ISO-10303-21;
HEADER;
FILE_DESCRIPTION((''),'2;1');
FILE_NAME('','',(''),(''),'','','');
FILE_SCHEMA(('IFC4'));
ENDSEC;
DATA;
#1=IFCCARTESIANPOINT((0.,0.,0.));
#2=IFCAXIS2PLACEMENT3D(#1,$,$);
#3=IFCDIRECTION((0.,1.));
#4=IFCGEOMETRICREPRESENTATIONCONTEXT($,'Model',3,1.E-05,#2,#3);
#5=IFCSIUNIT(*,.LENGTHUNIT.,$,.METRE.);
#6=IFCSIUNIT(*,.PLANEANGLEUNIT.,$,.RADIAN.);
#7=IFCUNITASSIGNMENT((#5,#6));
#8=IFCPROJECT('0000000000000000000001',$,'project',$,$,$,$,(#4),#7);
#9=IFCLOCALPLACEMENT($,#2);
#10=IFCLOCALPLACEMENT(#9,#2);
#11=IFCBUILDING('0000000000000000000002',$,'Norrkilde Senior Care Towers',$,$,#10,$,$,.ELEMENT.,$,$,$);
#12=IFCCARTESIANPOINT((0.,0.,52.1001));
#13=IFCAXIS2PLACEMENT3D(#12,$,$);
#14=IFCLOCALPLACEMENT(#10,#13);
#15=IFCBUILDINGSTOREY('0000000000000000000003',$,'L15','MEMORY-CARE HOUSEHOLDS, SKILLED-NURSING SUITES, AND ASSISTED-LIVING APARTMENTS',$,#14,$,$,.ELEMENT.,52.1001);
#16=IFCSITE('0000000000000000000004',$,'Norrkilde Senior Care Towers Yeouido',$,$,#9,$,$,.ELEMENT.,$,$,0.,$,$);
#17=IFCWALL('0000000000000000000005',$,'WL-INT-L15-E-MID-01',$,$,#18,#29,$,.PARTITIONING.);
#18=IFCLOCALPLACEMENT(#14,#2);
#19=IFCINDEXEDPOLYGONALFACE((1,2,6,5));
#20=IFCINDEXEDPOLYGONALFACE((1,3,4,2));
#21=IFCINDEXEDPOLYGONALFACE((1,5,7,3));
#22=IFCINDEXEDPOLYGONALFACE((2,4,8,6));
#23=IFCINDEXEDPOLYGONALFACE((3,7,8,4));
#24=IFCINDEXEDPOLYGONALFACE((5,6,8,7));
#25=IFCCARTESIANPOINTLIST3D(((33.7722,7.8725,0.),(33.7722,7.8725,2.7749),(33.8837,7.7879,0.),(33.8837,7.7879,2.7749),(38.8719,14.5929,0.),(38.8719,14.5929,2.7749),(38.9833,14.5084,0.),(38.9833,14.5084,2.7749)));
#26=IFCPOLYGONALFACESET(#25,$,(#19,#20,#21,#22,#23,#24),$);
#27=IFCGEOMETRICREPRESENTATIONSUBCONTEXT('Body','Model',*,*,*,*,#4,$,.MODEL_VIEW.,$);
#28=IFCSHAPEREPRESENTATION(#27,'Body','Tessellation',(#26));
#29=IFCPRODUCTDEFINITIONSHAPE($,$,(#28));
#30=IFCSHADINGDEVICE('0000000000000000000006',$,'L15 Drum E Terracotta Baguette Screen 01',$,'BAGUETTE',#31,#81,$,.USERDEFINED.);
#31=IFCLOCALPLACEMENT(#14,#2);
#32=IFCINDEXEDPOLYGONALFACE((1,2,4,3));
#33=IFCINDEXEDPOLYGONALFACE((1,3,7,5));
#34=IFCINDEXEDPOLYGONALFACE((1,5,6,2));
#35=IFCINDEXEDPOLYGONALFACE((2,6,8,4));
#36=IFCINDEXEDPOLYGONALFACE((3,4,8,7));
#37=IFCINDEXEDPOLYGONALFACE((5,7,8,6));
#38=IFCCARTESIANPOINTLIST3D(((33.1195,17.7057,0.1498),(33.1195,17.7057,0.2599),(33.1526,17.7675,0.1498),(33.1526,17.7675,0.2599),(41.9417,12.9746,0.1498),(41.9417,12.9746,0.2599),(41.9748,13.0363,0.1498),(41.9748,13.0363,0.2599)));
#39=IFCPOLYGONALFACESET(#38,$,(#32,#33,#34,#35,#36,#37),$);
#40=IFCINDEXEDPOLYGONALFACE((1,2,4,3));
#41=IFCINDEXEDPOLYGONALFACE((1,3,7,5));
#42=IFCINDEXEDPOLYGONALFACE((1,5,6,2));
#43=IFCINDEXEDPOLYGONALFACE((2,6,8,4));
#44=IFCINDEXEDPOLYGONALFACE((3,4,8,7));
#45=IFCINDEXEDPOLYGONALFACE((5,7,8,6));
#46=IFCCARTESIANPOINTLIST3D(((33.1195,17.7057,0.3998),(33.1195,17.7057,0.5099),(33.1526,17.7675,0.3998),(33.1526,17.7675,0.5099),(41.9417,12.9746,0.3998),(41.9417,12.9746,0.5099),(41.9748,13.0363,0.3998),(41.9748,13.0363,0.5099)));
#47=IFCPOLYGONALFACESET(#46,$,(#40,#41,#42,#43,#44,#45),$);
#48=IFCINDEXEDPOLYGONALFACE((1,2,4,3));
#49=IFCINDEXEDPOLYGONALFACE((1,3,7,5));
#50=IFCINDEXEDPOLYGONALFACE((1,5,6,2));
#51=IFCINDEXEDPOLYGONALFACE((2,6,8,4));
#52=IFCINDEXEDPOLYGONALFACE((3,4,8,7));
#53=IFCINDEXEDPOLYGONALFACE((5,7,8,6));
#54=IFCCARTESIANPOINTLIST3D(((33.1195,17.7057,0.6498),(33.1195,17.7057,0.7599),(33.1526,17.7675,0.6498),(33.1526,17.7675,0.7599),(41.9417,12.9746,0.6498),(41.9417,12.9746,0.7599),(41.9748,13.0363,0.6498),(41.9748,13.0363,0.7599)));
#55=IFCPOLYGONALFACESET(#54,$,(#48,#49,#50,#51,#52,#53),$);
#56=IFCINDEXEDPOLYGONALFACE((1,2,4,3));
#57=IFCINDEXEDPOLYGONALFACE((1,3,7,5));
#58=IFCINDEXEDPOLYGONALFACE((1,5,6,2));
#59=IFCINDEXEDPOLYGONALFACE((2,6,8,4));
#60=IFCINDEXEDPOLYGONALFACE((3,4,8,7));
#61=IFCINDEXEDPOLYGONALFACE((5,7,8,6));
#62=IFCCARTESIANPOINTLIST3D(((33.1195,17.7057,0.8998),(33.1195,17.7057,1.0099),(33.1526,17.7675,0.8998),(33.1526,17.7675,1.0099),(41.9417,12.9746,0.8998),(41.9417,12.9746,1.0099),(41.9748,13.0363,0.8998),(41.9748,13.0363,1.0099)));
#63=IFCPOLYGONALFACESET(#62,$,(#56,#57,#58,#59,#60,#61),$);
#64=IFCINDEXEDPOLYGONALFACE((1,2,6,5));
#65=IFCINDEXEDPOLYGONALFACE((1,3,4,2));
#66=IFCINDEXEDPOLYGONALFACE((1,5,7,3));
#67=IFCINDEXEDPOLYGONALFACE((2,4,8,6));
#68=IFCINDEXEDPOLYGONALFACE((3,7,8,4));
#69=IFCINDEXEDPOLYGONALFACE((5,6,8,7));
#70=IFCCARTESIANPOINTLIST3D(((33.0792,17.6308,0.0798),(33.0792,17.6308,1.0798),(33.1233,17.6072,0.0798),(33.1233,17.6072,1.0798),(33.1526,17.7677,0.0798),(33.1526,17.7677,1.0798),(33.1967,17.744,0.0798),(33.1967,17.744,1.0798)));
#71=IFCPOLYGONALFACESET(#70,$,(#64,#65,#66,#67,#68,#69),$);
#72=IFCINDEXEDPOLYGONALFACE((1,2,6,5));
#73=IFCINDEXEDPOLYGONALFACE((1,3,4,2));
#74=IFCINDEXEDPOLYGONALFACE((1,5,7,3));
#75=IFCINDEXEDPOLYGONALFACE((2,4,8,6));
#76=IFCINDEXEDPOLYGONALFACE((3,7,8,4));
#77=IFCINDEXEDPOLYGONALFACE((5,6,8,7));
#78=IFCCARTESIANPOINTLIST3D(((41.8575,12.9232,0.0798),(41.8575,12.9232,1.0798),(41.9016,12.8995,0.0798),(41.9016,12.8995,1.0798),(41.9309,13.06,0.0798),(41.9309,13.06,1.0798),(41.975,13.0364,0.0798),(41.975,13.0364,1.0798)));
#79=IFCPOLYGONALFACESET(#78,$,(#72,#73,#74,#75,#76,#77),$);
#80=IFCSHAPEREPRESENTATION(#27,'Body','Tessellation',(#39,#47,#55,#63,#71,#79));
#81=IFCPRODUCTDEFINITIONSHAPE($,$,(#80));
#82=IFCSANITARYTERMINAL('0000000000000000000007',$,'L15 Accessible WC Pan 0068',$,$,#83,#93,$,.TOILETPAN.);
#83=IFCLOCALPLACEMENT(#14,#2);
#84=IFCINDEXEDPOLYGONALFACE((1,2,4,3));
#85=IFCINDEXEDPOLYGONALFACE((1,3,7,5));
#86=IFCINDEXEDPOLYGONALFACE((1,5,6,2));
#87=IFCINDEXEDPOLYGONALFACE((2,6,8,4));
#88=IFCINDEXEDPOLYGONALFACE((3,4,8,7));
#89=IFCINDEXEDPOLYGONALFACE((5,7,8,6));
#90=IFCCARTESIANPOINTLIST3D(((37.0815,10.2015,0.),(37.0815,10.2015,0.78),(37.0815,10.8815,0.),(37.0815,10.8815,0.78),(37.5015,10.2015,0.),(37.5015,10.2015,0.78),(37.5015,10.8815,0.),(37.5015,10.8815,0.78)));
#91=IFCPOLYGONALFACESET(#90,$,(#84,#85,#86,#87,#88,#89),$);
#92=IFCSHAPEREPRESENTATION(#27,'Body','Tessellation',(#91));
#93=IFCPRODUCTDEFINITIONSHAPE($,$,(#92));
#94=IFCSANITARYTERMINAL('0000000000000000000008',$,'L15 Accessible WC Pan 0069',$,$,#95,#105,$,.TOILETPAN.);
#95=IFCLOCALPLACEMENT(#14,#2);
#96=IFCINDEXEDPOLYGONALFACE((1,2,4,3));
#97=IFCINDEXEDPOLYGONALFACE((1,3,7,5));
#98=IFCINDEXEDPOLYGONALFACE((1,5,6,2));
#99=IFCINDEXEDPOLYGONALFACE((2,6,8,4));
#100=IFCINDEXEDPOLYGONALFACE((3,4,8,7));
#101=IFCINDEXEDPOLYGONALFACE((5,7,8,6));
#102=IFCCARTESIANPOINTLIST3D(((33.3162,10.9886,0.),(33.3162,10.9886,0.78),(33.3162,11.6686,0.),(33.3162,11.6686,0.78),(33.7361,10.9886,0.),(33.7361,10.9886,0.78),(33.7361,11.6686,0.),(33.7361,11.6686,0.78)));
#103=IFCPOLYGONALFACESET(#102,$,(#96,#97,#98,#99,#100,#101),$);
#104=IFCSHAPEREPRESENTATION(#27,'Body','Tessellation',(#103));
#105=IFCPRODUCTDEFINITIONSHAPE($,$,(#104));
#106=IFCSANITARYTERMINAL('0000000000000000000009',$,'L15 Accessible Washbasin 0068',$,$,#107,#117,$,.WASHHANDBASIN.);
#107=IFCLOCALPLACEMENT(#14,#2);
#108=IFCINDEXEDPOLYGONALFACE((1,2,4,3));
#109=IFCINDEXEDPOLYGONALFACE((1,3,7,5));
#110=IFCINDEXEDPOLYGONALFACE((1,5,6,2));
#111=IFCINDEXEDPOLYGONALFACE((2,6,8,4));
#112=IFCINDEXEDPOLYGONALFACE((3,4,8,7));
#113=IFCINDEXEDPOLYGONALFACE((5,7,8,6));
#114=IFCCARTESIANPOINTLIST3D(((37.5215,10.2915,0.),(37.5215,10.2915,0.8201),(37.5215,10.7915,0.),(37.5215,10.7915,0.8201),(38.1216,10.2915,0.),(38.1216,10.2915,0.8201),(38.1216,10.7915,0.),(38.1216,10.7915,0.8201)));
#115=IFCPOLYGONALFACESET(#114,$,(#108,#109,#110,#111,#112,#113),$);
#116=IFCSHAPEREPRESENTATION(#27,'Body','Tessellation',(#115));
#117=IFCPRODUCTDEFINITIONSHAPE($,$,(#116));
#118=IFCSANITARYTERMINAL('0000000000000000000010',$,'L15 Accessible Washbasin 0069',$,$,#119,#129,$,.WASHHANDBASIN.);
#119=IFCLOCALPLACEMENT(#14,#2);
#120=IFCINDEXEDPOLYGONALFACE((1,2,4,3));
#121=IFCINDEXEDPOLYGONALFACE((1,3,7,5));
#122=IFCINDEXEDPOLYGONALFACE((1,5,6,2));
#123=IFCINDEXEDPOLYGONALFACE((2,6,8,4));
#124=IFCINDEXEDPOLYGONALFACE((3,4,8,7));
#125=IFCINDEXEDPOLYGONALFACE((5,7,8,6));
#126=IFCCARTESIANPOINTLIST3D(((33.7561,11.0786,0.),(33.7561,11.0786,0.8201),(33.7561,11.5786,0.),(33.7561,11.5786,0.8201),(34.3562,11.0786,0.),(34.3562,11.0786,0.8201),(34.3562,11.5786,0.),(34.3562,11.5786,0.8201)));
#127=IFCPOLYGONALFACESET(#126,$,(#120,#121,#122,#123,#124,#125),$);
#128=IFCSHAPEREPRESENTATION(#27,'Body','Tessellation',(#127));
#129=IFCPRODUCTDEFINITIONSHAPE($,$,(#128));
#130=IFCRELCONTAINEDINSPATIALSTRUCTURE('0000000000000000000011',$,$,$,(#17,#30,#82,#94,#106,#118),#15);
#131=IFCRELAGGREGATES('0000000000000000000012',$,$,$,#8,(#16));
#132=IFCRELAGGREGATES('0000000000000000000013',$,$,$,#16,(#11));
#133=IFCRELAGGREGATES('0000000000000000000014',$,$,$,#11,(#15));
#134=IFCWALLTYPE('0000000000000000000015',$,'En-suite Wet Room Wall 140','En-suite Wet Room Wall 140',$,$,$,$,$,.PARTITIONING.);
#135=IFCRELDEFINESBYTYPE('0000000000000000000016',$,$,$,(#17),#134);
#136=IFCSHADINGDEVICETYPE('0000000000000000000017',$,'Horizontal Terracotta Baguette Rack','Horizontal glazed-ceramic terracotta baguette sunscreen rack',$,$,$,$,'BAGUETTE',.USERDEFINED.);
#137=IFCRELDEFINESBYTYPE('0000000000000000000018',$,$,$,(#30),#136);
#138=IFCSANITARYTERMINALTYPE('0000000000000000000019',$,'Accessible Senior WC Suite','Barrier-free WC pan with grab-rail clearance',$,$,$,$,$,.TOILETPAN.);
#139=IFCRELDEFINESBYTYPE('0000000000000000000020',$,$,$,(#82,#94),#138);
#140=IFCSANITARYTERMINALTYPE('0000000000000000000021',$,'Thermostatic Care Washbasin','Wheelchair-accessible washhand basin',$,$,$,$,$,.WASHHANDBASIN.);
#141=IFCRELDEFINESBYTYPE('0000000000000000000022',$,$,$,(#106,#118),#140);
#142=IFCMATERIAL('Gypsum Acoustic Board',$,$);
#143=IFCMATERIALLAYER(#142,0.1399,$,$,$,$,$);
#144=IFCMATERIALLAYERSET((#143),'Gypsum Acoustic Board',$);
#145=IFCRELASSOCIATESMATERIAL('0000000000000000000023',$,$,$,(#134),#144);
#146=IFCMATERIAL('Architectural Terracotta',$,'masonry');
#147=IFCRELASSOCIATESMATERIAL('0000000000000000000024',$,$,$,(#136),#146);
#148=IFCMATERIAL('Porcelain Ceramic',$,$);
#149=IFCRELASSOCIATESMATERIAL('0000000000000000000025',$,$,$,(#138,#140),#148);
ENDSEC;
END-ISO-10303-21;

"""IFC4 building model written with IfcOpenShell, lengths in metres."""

from ifc_helpers import new_model, si_unit, direction, frame, frame_2d, origin, origin_2d, place, context, subcontext, project, spatial, rectangle, extrude, source, transform, mapped, material, layer, layer_set, type_object, type_shapes, element, save


model = new_model("IFC4")

# Units and contexts
model_context = context("Model", 3, precision=1e-05, world=origin(), true_north=direction((0.0, 1.0)))
body_context = subcontext(model_context, "Body", "Model", "MODEL_VIEW")
ifc_project = project(units=[si_unit("LENGTHUNIT", "METRE"), si_unit("PLANEANGLEUNIT", "RADIAN")], contexts=[model_context])

# Site, building, storey
site_placement = place(None, origin())
site = spatial("IfcSite", under=ifc_project, at=site_placement, Name="Norrkilde Senior Care Towers Yeouido", CompositionType="ELEMENT", RefElevation=0.0)
building_placement = place(site_placement, origin())
building = spatial("IfcBuilding", under=site, at=building_placement, Name="Norrkilde Senior Care Towers", CompositionType="ELEMENT")
storey_placement = place(building_placement, frame((0.0, 0.0, 52.1001)))
storey = spatial("IfcBuildingStorey", under=building, at=storey_placement, Name="L15", Description="MEMORY-CARE HOUSEHOLDS, SKILLED-NURSING SUITES, AND ASSISTED-LIVING APARTMENTS", CompositionType="ELEMENT", Elevation=52.1001)

# Shared definitions
ifc_material_1 = material(Name="Gypsum Acoustic Board")

# Wall
ifc_layer_1 = layer(ifc_material_1, 0.1399)
ifc_layer_set_1 = layer_set([ifc_layer_1], Name="Gypsum Acoustic Board")
wall_type_1 = type_object("IfcWallType", Name="En-suite Wet Room Wall 140", Description="En-suite Wet Room Wall 140", PredefinedType="PARTITIONING", material=ifc_layer_set_1)
shared_shape_1 = source(origin(), body_context, "Body", "SweptSolid", [
    extrude(rectangle(XDim=8.4363, YDim=0.1399, at=frame_2d((4.2183, 0.0))), origin(), (0.0, 0.0, 1.0), 2.7749),
])
type_shapes(wall_type_1, [shared_shape_1])
wall_1_placement = place(storey_placement, frame((33.8279, 7.8301, 0.0), z_axis=(0.0, 0.0, 1.0), x_axis=(0.604487, 0.796615, 0.0)))
element("IfcWall", 1, at=wall_1_placement, inside=storey, type_object=wall_type_1, Name="WL-INT-L15-E-MID-01", PredefinedType="PARTITIONING", context=body_context, shape_type="MappedRepresentation", body=[
    mapped(shared_shape_1, transform((0.0, 0.0, 0.0), x_axis=(1.0, 0.0, 0.0), y_axis=(0.0, 1.0, 0.0), z_axis=(0.0, 0.0, 1.0), scale=1.0)),
])

# Shading device
ifc_material_2 = material(Name="Architectural Terracotta", Category="masonry")
shading_device_type = type_object("IfcShadingDeviceType", Name="Horizontal Terracotta Baguette Rack", Description="Horizontal glazed-ceramic terracotta baguette sunscreen rack", ElementType="BAGUETTE", PredefinedType="USERDEFINED", material=ifc_material_2)
shared_shape_2 = source(origin(), body_context, "Body", "SweptSolid", [
    extrude(rectangle(XDim=0.0701, YDim=0.1101, at=origin_2d()), frame((0.0, 0.0901, 0.125), z_axis=(1.0, 0.0, 0.0), x_axis=(0.0, 1.0, 0.0)), (0.0, 0.0, 1.0), 10.0107),
    extrude(rectangle(XDim=0.0701, YDim=0.1101, at=origin_2d()), frame((0.0, 0.0901, 0.375), z_axis=(1.0, 0.0, 0.0), x_axis=(0.0, 1.0, 0.0)), (0.0, 0.0, 1.0), 10.0107),
    extrude(rectangle(XDim=0.0701, YDim=0.1101, at=origin_2d()), frame((0.0, 0.0901, 0.625), z_axis=(1.0, 0.0, 0.0), x_axis=(0.0, 1.0, 0.0)), (0.0, 0.0, 1.0), 10.0107),
    extrude(rectangle(XDim=0.0701, YDim=0.1101, at=origin_2d()), frame((0.0, 0.0901, 0.875), z_axis=(1.0, 0.0, 0.0), x_axis=(0.0, 1.0, 0.0)), (0.0, 0.0, 1.0), 10.0107),
    extrude(rectangle(XDim=0.05, YDim=0.1553, at=origin_2d()), frame((0.0249, 0.0476, 0.0)), (0.0, 0.0, 1.0), 1.0),
    extrude(rectangle(XDim=0.05, YDim=0.1553, at=origin_2d()), frame((9.9858, 0.0476, 0.0)), (0.0, 0.0, 1.0), 1.0),
])
type_shapes(shading_device_type, [shared_shape_2])
shading_device_placement = place(storey_placement, frame((33.0935, 17.6572, 0.0798), z_axis=(0.0, 0.0, 1.0), x_axis=(0.88128, -0.472612, 0.0)))
element("IfcShadingDevice", 2, at=shading_device_placement, inside=storey, type_object=shading_device_type, Name="L15 Drum E Terracotta Baguette Screen 01", ObjectType="BAGUETTE", PredefinedType="USERDEFINED", context=body_context, shape_type="MappedRepresentation", body=[
    mapped(shared_shape_2, transform((0.0, 0.0, 0.0), x_axis=(1.0, 0.0, 0.0), y_axis=(0.0, 1.0, 0.0), z_axis=(0.0, 0.0, 1.0), scale=1.0)),
])

# Sanitary terminals
ifc_material_3 = material(Name="Porcelain Ceramic")
sanitary_terminal_type_1 = type_object("IfcSanitaryTerminalType", Name="Accessible Senior WC Suite", Description="Barrier-free WC pan with grab-rail clearance", PredefinedType="TOILETPAN", material=ifc_material_3)
shared_shape_3 = source(origin(), body_context, "Body", "SweptSolid", [
    extrude(rectangle(XDim=0.4199, YDim=0.6799, at=origin_2d()), origin(), (0.0, 0.0, 1.0), 0.78),
])
type_shapes(sanitary_terminal_type_1, [shared_shape_3])
for number, where, z_axis, x_axis, name in (
    (3, (37.2915, 10.5415, 0.0), (0.0, 0.0, 1.0), (1.0, 0.0, 0.0), "L15 Accessible WC Pan 0068"),
    (4, (33.5261, 11.3286, 0.0), (0.0, 0.0, 1.0), (1.0, 0.0, 0.0), "L15 Accessible WC Pan 0069"),
):
    element("IfcSanitaryTerminal", number, at=place(storey_placement, frame(where, z_axis=z_axis, x_axis=x_axis)), inside=storey, type_object=sanitary_terminal_type_1, Name=name, PredefinedType="TOILETPAN", context=body_context, shape_type="MappedRepresentation", body=[
        mapped(shared_shape_3, transform((0.0, 0.0, 0.0), x_axis=(1.0, 0.0, 0.0), y_axis=(0.0, 1.0, 0.0), z_axis=(0.0, 0.0, 1.0), scale=1.0)),
    ])
sanitary_terminal_type_2 = type_object("IfcSanitaryTerminalType", Name="Thermostatic Care Washbasin", Description="Wheelchair-accessible washhand basin", PredefinedType="WASHHANDBASIN", material=ifc_material_3)
shared_shape_4 = source(origin(), body_context, "Body", "SweptSolid", [
    extrude(rectangle(XDim=0.6001, YDim=0.5, at=origin_2d()), origin(), (0.0, 0.0, 1.0), 0.8201),
])
type_shapes(sanitary_terminal_type_2, [shared_shape_4])
for number, where, z_axis, x_axis, name in (
    (5, (37.8215, 10.5415, 0.0), (0.0, 0.0, 1.0), (1.0, 0.0, 0.0), "L15 Accessible Washbasin 0068"),
    (6, (34.0562, 11.3286, 0.0), (0.0, 0.0, 1.0), (1.0, 0.0, 0.0), "L15 Accessible Washbasin 0069"),
):
    element("IfcSanitaryTerminal", number, at=place(storey_placement, frame(where, z_axis=z_axis, x_axis=x_axis)), inside=storey, type_object=sanitary_terminal_type_2, Name=name, PredefinedType="WASHHANDBASIN", context=body_context, shape_type="MappedRepresentation", body=[
        mapped(shared_shape_4, transform((0.0, 0.0, 0.0), x_axis=(1.0, 0.0, 0.0), y_axis=(0.0, 1.0, 0.0), z_axis=(0.0, 0.0, 1.0), scale=1.0)),
    ])

save(model, "model.ifc")
